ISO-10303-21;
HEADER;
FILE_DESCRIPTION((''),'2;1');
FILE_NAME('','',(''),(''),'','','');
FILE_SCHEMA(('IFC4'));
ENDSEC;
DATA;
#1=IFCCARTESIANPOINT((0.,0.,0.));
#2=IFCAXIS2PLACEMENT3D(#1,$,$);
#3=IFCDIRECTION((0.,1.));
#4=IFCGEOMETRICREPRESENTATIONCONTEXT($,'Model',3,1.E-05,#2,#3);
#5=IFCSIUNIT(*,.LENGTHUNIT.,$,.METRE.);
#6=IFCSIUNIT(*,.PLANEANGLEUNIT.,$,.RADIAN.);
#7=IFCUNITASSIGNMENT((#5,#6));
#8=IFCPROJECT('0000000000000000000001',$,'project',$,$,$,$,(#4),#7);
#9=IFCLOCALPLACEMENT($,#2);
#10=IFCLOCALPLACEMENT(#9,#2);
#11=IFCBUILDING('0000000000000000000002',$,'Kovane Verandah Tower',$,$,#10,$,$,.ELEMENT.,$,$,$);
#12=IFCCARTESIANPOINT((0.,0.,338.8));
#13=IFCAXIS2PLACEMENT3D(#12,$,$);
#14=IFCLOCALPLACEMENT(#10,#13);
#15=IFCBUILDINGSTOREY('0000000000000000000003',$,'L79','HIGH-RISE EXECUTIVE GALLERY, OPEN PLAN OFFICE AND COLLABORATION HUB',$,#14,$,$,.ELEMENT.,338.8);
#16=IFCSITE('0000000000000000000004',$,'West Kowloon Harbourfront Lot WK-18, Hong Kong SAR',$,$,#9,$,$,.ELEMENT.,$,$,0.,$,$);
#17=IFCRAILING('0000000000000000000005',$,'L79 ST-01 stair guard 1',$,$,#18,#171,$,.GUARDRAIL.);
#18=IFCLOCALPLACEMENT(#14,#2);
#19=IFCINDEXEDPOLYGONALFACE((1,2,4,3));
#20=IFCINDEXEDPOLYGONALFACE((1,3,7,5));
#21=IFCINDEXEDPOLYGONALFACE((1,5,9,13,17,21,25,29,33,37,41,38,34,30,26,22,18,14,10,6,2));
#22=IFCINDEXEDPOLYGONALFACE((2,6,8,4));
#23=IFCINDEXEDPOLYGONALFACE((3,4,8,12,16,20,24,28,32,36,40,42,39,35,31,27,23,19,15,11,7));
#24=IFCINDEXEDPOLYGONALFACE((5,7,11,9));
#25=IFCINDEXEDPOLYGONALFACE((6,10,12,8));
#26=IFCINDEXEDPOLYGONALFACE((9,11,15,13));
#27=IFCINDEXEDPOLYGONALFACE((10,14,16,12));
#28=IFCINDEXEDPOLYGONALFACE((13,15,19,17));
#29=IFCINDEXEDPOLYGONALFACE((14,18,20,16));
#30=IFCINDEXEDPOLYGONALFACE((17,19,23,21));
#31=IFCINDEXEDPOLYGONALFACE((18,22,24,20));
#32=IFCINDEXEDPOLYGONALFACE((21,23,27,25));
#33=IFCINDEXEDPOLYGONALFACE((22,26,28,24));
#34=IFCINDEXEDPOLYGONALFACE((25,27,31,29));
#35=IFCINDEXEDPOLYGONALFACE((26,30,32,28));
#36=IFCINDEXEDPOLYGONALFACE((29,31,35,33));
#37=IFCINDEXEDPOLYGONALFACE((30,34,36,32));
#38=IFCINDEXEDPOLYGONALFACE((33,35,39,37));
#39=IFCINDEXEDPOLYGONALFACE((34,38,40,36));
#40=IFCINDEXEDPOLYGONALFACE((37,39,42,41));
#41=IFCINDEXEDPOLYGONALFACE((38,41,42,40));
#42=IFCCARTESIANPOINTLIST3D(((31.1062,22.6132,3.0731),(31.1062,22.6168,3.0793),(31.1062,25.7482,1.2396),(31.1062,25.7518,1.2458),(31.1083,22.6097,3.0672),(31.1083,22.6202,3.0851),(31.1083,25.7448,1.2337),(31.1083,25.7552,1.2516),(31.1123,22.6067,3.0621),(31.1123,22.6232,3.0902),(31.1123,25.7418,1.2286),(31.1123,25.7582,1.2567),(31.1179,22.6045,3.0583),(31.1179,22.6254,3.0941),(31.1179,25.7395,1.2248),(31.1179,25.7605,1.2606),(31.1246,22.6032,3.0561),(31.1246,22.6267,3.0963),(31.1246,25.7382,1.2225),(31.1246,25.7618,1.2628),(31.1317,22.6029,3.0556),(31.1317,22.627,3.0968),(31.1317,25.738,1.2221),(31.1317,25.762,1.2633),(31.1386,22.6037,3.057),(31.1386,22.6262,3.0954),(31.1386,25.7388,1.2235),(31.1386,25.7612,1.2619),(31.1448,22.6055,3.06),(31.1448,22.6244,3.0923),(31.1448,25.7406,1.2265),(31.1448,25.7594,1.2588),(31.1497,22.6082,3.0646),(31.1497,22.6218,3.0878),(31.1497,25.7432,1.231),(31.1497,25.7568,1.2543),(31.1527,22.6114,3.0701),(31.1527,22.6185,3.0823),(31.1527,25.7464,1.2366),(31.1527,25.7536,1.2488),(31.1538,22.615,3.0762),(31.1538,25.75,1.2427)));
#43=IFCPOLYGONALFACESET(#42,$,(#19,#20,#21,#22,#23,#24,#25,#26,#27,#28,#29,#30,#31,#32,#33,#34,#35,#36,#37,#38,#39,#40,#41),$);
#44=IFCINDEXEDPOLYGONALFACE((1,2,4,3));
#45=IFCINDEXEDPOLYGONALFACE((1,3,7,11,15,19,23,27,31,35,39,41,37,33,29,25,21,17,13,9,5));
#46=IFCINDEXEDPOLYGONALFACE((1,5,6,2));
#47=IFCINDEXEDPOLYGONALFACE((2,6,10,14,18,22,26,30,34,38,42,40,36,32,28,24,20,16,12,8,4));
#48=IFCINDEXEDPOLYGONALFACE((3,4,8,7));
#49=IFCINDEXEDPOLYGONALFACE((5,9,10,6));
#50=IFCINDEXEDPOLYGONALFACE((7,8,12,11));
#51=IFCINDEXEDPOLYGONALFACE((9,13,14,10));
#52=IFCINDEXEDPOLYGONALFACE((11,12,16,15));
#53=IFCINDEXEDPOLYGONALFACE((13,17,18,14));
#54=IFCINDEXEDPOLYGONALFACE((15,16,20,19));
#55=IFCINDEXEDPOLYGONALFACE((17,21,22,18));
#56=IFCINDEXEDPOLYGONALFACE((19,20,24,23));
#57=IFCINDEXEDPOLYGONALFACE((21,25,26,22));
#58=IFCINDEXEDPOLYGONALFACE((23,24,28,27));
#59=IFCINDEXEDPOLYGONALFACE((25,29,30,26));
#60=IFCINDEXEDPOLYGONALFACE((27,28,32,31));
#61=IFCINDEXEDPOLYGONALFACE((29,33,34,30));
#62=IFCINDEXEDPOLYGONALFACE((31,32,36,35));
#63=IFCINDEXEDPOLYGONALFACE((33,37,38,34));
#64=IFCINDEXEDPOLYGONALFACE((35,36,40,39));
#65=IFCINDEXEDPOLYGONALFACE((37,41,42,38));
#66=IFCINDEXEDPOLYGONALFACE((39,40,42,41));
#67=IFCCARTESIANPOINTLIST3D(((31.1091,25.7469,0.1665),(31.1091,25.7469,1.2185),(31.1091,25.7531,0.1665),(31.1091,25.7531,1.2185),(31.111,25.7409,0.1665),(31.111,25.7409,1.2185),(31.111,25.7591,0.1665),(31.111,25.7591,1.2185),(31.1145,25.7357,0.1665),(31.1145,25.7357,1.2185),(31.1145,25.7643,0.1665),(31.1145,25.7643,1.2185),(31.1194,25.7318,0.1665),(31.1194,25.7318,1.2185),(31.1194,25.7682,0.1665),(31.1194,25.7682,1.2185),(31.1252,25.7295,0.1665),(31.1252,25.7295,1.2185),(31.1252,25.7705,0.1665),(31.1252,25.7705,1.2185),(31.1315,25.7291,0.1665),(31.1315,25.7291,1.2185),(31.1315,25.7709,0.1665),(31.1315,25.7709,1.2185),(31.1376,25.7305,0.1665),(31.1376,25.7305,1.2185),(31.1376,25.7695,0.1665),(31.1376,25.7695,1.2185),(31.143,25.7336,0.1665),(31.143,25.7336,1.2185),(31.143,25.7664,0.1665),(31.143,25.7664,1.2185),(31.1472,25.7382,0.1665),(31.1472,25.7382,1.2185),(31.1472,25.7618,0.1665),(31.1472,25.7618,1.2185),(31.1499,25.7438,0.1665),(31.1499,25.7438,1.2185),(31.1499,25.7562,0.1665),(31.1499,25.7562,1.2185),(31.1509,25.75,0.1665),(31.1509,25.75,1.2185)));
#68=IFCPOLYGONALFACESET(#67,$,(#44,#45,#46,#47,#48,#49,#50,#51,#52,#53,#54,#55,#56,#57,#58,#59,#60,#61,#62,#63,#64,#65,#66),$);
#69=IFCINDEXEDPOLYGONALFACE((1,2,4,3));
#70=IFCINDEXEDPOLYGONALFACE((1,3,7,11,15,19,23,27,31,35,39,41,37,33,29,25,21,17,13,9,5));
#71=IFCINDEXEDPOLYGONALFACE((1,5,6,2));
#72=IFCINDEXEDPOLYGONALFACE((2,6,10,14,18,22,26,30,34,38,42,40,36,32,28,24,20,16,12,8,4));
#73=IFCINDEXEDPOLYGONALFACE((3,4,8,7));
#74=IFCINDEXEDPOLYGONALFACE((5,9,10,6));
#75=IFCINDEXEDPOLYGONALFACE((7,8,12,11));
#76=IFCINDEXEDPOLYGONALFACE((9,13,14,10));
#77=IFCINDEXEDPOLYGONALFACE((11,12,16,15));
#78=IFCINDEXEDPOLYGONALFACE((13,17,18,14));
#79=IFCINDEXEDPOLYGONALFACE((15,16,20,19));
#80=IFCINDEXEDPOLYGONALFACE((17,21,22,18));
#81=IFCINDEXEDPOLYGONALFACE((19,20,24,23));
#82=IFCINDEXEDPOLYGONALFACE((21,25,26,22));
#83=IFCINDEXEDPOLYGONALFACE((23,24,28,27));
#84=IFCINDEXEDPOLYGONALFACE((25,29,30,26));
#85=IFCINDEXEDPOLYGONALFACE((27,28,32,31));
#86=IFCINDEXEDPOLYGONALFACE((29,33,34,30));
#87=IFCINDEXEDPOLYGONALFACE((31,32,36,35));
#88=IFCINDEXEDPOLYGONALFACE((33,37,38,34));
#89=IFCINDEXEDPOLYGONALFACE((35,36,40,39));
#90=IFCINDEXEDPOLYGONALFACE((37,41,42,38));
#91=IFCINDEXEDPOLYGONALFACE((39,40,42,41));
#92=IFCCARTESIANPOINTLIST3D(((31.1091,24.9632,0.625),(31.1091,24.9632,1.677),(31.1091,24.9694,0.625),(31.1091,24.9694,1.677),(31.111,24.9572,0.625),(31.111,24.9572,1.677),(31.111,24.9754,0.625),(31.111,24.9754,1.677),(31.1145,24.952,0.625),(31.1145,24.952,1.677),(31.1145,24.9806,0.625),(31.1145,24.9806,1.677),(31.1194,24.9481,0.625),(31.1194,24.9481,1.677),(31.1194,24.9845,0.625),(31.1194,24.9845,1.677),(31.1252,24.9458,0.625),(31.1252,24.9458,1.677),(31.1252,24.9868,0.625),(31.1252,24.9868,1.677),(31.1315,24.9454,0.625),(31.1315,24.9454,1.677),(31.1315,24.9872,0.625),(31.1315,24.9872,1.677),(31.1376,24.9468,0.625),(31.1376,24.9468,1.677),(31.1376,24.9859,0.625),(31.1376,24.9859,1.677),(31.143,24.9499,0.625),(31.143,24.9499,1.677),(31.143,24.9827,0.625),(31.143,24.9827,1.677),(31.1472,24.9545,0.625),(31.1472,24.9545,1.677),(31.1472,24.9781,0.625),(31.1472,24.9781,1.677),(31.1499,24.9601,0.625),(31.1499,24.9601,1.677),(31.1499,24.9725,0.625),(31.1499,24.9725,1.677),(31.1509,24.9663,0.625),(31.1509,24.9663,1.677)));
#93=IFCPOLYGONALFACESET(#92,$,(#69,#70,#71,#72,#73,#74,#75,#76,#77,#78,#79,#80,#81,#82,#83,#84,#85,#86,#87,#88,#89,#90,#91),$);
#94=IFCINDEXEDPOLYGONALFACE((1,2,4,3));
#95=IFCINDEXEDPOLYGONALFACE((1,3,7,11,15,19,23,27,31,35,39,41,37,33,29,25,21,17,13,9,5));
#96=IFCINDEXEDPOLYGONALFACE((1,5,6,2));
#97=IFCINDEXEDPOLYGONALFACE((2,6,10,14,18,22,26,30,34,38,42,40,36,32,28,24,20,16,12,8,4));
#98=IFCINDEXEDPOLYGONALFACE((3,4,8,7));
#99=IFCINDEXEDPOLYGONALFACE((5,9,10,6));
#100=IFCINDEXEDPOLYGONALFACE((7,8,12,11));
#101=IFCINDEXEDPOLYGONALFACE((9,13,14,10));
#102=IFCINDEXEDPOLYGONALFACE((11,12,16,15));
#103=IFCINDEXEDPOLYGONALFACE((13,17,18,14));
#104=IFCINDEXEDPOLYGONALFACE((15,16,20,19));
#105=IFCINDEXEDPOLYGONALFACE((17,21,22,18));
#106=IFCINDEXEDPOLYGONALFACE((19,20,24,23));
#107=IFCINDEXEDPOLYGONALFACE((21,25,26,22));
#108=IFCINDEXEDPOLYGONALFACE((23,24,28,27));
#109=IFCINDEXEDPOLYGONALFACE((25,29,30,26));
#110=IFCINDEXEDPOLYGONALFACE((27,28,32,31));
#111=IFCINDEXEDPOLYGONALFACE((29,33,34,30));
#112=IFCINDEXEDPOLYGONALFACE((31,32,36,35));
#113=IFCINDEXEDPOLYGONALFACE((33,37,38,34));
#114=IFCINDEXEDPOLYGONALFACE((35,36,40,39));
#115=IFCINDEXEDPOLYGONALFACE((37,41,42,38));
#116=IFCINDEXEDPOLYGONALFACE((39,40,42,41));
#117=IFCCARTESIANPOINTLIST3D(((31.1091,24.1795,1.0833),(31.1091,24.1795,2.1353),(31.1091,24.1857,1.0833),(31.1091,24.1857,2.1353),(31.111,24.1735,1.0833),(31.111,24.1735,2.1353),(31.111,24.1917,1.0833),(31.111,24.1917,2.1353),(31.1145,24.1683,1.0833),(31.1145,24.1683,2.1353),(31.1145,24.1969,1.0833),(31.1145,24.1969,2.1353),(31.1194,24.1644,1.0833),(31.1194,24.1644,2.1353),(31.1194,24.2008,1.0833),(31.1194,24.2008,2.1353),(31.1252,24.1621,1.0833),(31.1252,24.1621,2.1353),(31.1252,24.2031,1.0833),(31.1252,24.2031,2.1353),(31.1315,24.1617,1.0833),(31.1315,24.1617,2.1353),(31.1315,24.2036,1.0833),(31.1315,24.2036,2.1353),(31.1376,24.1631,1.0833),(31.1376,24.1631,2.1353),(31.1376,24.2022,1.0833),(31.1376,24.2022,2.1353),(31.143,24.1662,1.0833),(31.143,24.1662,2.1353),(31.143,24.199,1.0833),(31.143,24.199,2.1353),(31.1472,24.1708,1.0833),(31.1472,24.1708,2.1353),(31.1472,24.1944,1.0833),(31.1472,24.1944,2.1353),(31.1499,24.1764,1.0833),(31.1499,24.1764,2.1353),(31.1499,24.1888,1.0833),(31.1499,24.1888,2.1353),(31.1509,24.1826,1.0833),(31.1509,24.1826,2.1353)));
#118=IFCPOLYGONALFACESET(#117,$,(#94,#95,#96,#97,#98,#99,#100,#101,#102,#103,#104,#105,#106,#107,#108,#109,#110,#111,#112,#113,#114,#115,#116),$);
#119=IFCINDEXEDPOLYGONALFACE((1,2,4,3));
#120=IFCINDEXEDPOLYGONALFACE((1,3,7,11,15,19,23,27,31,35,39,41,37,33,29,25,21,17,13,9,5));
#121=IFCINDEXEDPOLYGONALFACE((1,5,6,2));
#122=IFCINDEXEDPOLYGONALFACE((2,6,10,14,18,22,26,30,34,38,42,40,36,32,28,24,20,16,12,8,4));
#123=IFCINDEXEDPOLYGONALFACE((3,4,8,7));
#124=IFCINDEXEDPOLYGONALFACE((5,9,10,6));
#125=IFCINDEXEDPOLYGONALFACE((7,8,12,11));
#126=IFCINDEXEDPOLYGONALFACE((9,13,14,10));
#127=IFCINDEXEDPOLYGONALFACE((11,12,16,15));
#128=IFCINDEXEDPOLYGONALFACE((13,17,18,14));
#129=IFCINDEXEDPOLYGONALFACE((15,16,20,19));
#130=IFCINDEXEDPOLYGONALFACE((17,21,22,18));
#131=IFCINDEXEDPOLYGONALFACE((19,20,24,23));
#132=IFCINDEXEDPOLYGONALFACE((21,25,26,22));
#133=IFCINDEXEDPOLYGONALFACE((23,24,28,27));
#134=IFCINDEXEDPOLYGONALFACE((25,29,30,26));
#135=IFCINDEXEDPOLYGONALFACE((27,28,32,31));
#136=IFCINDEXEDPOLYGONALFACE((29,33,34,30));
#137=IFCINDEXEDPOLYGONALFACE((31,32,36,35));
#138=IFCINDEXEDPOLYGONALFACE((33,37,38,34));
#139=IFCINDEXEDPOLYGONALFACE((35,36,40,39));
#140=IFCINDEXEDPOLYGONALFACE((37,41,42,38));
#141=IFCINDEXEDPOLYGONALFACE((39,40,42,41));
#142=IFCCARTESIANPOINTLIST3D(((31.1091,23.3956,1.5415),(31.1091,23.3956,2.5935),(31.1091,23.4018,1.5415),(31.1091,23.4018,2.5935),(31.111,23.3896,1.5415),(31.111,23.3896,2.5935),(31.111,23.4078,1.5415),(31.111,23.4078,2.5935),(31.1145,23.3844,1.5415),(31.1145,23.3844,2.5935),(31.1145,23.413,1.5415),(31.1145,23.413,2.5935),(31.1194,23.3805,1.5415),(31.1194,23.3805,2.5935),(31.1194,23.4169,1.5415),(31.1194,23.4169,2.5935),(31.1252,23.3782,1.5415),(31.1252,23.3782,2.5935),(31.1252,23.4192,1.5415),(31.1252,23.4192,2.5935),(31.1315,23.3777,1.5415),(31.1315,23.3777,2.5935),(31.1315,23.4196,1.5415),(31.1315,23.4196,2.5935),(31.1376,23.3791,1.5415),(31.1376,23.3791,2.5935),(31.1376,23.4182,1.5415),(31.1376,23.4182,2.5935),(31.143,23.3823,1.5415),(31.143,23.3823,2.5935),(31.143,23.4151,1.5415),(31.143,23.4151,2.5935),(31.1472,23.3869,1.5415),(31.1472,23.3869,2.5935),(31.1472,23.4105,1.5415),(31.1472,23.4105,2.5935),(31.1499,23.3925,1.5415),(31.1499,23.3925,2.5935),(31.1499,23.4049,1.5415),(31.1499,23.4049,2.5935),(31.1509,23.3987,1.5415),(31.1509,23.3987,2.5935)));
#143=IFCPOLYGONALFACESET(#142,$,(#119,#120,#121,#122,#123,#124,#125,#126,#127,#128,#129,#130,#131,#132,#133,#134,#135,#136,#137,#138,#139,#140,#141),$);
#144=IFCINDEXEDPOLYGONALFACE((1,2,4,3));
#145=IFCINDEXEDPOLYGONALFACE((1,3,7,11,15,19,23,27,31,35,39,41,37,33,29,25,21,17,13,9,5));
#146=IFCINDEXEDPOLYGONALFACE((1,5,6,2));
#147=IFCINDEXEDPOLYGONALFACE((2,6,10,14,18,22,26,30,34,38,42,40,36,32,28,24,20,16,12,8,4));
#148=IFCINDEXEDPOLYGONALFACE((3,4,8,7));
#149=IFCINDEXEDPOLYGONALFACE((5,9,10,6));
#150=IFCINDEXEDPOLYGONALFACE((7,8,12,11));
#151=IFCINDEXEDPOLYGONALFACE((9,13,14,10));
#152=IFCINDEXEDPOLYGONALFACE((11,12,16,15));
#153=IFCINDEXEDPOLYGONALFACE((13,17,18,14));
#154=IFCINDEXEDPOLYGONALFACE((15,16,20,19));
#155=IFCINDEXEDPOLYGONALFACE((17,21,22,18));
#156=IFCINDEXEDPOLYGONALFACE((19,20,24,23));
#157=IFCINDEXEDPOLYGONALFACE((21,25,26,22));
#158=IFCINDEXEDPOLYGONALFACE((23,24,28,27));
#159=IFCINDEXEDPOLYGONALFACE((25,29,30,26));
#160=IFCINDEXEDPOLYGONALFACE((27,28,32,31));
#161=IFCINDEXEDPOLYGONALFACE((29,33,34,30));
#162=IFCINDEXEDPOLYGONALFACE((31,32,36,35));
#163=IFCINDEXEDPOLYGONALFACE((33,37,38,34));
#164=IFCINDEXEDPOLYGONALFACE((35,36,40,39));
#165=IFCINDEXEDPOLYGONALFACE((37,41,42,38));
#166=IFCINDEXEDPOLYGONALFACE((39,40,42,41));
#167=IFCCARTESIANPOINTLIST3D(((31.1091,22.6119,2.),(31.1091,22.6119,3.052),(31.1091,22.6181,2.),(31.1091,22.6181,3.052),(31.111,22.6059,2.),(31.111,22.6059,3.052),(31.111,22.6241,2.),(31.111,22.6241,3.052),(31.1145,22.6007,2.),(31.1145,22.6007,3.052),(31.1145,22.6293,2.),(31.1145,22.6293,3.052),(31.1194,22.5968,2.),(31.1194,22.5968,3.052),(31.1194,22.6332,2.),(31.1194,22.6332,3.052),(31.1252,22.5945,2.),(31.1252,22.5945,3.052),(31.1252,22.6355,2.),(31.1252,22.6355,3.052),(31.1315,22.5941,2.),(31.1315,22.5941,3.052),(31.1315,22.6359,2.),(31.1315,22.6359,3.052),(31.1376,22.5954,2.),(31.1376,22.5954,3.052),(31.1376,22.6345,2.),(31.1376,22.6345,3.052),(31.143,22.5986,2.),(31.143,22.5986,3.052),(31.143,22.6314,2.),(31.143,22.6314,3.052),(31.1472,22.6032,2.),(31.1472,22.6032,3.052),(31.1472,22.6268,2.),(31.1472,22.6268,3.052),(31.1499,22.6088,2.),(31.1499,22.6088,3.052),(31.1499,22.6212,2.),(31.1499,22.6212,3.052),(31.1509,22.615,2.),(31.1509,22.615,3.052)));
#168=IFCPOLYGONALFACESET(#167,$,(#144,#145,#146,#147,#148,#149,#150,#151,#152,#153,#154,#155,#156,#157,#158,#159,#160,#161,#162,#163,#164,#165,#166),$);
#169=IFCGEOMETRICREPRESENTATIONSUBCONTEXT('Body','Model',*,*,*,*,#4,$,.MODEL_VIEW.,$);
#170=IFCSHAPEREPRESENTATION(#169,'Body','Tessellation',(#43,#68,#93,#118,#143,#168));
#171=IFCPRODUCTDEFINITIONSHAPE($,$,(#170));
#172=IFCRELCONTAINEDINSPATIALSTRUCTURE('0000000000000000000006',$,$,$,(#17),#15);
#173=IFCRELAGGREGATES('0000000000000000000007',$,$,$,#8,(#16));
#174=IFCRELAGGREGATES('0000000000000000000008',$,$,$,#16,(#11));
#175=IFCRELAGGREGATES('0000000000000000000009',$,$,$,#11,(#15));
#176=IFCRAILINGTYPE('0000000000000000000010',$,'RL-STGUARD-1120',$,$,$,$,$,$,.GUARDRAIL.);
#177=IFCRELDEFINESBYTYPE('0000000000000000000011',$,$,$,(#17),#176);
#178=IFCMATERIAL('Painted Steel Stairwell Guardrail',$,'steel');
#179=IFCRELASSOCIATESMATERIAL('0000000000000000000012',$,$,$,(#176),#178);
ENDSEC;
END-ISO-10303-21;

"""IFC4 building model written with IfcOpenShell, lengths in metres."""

from ifc_helpers import new_model, si_unit, direction, frame, origin, origin_2d, place, context, subcontext, project, spatial, circle, extrude, material, type_object, element, save


model = new_model("IFC4")

# Units and contexts
model_context = context("Model", 3, precision=1e-05, world=origin(), true_north=direction((0.0, 1.0)))
body_context = subcontext(model_context, "Body", "Model", "MODEL_VIEW")
ifc_project = project(units=[si_unit("LENGTHUNIT", "METRE"), si_unit("PLANEANGLEUNIT", "RADIAN")], contexts=[model_context])

# Site, building, storey
site_placement = place(None, origin())
site = spatial("IfcSite", under=ifc_project, at=site_placement, Name="West Kowloon Harbourfront Lot WK-18, Hong Kong SAR", CompositionType="ELEMENT", RefElevation=0.0)
building_placement = place(site_placement, origin())
building = spatial("IfcBuilding", under=site, at=building_placement, Name="Kovane Verandah Tower", CompositionType="ELEMENT")
storey_placement = place(building_placement, frame((0.0, 0.0, 338.8)))
storey = spatial("IfcBuildingStorey", under=building, at=storey_placement, Name="L79", Description="HIGH-RISE EXECUTIVE GALLERY, OPEN PLAN OFFICE AND COLLABORATION HUB", CompositionType="ELEMENT", Elevation=338.8)

# Railing
ifc_material_1 = material(Name="Painted Steel Stairwell Guardrail", Category="steel")
railing_type_1 = type_object("IfcRailingType", Name="RL-STGUARD-1120", PredefinedType="GUARDRAIL", material=ifc_material_1)
railing_1_placement = place(storey_placement, frame((31.1299, 25.75, 0.1665)))
element("IfcRailing", 1, at=railing_1_placement, inside=storey, type_object=railing_type_1, Name="L79 ST-01 stair guard 1", PredefinedType="GUARDRAIL", context=body_context, shape_type="SweptSolid", body=[
    extrude(circle(Radius=0.0239, at=origin_2d()), frame((0.0, 0.0, 1.0762), z_axis=(0.0, -0.86321, 0.504845), x_axis=(1.0, 0.0, 0.0)), (0.0, 0.0, 1.0), 3.6318),
    extrude(circle(Radius=0.021, at=origin_2d()), origin(), (0.0, 0.0, 1.0), 1.052),
    extrude(circle(Radius=0.021, at=origin_2d()), frame((0.0, -0.7837, 0.4585)), (0.0, 0.0, 1.0), 1.052),
    extrude(circle(Radius=0.021, at=origin_2d()), frame((0.0, -1.5674, 0.9167)), (0.0, 0.0, 1.0), 1.052),
    extrude(circle(Radius=0.021, at=origin_2d()), frame((0.0, -2.3513, 1.375)), (0.0, 0.0, 1.0), 1.052),
    extrude(circle(Radius=0.021, at=origin_2d()), frame((0.0, -3.135, 1.8335)), (0.0, 0.0, 1.0), 1.052),
])

save(model, "model.ifc")
